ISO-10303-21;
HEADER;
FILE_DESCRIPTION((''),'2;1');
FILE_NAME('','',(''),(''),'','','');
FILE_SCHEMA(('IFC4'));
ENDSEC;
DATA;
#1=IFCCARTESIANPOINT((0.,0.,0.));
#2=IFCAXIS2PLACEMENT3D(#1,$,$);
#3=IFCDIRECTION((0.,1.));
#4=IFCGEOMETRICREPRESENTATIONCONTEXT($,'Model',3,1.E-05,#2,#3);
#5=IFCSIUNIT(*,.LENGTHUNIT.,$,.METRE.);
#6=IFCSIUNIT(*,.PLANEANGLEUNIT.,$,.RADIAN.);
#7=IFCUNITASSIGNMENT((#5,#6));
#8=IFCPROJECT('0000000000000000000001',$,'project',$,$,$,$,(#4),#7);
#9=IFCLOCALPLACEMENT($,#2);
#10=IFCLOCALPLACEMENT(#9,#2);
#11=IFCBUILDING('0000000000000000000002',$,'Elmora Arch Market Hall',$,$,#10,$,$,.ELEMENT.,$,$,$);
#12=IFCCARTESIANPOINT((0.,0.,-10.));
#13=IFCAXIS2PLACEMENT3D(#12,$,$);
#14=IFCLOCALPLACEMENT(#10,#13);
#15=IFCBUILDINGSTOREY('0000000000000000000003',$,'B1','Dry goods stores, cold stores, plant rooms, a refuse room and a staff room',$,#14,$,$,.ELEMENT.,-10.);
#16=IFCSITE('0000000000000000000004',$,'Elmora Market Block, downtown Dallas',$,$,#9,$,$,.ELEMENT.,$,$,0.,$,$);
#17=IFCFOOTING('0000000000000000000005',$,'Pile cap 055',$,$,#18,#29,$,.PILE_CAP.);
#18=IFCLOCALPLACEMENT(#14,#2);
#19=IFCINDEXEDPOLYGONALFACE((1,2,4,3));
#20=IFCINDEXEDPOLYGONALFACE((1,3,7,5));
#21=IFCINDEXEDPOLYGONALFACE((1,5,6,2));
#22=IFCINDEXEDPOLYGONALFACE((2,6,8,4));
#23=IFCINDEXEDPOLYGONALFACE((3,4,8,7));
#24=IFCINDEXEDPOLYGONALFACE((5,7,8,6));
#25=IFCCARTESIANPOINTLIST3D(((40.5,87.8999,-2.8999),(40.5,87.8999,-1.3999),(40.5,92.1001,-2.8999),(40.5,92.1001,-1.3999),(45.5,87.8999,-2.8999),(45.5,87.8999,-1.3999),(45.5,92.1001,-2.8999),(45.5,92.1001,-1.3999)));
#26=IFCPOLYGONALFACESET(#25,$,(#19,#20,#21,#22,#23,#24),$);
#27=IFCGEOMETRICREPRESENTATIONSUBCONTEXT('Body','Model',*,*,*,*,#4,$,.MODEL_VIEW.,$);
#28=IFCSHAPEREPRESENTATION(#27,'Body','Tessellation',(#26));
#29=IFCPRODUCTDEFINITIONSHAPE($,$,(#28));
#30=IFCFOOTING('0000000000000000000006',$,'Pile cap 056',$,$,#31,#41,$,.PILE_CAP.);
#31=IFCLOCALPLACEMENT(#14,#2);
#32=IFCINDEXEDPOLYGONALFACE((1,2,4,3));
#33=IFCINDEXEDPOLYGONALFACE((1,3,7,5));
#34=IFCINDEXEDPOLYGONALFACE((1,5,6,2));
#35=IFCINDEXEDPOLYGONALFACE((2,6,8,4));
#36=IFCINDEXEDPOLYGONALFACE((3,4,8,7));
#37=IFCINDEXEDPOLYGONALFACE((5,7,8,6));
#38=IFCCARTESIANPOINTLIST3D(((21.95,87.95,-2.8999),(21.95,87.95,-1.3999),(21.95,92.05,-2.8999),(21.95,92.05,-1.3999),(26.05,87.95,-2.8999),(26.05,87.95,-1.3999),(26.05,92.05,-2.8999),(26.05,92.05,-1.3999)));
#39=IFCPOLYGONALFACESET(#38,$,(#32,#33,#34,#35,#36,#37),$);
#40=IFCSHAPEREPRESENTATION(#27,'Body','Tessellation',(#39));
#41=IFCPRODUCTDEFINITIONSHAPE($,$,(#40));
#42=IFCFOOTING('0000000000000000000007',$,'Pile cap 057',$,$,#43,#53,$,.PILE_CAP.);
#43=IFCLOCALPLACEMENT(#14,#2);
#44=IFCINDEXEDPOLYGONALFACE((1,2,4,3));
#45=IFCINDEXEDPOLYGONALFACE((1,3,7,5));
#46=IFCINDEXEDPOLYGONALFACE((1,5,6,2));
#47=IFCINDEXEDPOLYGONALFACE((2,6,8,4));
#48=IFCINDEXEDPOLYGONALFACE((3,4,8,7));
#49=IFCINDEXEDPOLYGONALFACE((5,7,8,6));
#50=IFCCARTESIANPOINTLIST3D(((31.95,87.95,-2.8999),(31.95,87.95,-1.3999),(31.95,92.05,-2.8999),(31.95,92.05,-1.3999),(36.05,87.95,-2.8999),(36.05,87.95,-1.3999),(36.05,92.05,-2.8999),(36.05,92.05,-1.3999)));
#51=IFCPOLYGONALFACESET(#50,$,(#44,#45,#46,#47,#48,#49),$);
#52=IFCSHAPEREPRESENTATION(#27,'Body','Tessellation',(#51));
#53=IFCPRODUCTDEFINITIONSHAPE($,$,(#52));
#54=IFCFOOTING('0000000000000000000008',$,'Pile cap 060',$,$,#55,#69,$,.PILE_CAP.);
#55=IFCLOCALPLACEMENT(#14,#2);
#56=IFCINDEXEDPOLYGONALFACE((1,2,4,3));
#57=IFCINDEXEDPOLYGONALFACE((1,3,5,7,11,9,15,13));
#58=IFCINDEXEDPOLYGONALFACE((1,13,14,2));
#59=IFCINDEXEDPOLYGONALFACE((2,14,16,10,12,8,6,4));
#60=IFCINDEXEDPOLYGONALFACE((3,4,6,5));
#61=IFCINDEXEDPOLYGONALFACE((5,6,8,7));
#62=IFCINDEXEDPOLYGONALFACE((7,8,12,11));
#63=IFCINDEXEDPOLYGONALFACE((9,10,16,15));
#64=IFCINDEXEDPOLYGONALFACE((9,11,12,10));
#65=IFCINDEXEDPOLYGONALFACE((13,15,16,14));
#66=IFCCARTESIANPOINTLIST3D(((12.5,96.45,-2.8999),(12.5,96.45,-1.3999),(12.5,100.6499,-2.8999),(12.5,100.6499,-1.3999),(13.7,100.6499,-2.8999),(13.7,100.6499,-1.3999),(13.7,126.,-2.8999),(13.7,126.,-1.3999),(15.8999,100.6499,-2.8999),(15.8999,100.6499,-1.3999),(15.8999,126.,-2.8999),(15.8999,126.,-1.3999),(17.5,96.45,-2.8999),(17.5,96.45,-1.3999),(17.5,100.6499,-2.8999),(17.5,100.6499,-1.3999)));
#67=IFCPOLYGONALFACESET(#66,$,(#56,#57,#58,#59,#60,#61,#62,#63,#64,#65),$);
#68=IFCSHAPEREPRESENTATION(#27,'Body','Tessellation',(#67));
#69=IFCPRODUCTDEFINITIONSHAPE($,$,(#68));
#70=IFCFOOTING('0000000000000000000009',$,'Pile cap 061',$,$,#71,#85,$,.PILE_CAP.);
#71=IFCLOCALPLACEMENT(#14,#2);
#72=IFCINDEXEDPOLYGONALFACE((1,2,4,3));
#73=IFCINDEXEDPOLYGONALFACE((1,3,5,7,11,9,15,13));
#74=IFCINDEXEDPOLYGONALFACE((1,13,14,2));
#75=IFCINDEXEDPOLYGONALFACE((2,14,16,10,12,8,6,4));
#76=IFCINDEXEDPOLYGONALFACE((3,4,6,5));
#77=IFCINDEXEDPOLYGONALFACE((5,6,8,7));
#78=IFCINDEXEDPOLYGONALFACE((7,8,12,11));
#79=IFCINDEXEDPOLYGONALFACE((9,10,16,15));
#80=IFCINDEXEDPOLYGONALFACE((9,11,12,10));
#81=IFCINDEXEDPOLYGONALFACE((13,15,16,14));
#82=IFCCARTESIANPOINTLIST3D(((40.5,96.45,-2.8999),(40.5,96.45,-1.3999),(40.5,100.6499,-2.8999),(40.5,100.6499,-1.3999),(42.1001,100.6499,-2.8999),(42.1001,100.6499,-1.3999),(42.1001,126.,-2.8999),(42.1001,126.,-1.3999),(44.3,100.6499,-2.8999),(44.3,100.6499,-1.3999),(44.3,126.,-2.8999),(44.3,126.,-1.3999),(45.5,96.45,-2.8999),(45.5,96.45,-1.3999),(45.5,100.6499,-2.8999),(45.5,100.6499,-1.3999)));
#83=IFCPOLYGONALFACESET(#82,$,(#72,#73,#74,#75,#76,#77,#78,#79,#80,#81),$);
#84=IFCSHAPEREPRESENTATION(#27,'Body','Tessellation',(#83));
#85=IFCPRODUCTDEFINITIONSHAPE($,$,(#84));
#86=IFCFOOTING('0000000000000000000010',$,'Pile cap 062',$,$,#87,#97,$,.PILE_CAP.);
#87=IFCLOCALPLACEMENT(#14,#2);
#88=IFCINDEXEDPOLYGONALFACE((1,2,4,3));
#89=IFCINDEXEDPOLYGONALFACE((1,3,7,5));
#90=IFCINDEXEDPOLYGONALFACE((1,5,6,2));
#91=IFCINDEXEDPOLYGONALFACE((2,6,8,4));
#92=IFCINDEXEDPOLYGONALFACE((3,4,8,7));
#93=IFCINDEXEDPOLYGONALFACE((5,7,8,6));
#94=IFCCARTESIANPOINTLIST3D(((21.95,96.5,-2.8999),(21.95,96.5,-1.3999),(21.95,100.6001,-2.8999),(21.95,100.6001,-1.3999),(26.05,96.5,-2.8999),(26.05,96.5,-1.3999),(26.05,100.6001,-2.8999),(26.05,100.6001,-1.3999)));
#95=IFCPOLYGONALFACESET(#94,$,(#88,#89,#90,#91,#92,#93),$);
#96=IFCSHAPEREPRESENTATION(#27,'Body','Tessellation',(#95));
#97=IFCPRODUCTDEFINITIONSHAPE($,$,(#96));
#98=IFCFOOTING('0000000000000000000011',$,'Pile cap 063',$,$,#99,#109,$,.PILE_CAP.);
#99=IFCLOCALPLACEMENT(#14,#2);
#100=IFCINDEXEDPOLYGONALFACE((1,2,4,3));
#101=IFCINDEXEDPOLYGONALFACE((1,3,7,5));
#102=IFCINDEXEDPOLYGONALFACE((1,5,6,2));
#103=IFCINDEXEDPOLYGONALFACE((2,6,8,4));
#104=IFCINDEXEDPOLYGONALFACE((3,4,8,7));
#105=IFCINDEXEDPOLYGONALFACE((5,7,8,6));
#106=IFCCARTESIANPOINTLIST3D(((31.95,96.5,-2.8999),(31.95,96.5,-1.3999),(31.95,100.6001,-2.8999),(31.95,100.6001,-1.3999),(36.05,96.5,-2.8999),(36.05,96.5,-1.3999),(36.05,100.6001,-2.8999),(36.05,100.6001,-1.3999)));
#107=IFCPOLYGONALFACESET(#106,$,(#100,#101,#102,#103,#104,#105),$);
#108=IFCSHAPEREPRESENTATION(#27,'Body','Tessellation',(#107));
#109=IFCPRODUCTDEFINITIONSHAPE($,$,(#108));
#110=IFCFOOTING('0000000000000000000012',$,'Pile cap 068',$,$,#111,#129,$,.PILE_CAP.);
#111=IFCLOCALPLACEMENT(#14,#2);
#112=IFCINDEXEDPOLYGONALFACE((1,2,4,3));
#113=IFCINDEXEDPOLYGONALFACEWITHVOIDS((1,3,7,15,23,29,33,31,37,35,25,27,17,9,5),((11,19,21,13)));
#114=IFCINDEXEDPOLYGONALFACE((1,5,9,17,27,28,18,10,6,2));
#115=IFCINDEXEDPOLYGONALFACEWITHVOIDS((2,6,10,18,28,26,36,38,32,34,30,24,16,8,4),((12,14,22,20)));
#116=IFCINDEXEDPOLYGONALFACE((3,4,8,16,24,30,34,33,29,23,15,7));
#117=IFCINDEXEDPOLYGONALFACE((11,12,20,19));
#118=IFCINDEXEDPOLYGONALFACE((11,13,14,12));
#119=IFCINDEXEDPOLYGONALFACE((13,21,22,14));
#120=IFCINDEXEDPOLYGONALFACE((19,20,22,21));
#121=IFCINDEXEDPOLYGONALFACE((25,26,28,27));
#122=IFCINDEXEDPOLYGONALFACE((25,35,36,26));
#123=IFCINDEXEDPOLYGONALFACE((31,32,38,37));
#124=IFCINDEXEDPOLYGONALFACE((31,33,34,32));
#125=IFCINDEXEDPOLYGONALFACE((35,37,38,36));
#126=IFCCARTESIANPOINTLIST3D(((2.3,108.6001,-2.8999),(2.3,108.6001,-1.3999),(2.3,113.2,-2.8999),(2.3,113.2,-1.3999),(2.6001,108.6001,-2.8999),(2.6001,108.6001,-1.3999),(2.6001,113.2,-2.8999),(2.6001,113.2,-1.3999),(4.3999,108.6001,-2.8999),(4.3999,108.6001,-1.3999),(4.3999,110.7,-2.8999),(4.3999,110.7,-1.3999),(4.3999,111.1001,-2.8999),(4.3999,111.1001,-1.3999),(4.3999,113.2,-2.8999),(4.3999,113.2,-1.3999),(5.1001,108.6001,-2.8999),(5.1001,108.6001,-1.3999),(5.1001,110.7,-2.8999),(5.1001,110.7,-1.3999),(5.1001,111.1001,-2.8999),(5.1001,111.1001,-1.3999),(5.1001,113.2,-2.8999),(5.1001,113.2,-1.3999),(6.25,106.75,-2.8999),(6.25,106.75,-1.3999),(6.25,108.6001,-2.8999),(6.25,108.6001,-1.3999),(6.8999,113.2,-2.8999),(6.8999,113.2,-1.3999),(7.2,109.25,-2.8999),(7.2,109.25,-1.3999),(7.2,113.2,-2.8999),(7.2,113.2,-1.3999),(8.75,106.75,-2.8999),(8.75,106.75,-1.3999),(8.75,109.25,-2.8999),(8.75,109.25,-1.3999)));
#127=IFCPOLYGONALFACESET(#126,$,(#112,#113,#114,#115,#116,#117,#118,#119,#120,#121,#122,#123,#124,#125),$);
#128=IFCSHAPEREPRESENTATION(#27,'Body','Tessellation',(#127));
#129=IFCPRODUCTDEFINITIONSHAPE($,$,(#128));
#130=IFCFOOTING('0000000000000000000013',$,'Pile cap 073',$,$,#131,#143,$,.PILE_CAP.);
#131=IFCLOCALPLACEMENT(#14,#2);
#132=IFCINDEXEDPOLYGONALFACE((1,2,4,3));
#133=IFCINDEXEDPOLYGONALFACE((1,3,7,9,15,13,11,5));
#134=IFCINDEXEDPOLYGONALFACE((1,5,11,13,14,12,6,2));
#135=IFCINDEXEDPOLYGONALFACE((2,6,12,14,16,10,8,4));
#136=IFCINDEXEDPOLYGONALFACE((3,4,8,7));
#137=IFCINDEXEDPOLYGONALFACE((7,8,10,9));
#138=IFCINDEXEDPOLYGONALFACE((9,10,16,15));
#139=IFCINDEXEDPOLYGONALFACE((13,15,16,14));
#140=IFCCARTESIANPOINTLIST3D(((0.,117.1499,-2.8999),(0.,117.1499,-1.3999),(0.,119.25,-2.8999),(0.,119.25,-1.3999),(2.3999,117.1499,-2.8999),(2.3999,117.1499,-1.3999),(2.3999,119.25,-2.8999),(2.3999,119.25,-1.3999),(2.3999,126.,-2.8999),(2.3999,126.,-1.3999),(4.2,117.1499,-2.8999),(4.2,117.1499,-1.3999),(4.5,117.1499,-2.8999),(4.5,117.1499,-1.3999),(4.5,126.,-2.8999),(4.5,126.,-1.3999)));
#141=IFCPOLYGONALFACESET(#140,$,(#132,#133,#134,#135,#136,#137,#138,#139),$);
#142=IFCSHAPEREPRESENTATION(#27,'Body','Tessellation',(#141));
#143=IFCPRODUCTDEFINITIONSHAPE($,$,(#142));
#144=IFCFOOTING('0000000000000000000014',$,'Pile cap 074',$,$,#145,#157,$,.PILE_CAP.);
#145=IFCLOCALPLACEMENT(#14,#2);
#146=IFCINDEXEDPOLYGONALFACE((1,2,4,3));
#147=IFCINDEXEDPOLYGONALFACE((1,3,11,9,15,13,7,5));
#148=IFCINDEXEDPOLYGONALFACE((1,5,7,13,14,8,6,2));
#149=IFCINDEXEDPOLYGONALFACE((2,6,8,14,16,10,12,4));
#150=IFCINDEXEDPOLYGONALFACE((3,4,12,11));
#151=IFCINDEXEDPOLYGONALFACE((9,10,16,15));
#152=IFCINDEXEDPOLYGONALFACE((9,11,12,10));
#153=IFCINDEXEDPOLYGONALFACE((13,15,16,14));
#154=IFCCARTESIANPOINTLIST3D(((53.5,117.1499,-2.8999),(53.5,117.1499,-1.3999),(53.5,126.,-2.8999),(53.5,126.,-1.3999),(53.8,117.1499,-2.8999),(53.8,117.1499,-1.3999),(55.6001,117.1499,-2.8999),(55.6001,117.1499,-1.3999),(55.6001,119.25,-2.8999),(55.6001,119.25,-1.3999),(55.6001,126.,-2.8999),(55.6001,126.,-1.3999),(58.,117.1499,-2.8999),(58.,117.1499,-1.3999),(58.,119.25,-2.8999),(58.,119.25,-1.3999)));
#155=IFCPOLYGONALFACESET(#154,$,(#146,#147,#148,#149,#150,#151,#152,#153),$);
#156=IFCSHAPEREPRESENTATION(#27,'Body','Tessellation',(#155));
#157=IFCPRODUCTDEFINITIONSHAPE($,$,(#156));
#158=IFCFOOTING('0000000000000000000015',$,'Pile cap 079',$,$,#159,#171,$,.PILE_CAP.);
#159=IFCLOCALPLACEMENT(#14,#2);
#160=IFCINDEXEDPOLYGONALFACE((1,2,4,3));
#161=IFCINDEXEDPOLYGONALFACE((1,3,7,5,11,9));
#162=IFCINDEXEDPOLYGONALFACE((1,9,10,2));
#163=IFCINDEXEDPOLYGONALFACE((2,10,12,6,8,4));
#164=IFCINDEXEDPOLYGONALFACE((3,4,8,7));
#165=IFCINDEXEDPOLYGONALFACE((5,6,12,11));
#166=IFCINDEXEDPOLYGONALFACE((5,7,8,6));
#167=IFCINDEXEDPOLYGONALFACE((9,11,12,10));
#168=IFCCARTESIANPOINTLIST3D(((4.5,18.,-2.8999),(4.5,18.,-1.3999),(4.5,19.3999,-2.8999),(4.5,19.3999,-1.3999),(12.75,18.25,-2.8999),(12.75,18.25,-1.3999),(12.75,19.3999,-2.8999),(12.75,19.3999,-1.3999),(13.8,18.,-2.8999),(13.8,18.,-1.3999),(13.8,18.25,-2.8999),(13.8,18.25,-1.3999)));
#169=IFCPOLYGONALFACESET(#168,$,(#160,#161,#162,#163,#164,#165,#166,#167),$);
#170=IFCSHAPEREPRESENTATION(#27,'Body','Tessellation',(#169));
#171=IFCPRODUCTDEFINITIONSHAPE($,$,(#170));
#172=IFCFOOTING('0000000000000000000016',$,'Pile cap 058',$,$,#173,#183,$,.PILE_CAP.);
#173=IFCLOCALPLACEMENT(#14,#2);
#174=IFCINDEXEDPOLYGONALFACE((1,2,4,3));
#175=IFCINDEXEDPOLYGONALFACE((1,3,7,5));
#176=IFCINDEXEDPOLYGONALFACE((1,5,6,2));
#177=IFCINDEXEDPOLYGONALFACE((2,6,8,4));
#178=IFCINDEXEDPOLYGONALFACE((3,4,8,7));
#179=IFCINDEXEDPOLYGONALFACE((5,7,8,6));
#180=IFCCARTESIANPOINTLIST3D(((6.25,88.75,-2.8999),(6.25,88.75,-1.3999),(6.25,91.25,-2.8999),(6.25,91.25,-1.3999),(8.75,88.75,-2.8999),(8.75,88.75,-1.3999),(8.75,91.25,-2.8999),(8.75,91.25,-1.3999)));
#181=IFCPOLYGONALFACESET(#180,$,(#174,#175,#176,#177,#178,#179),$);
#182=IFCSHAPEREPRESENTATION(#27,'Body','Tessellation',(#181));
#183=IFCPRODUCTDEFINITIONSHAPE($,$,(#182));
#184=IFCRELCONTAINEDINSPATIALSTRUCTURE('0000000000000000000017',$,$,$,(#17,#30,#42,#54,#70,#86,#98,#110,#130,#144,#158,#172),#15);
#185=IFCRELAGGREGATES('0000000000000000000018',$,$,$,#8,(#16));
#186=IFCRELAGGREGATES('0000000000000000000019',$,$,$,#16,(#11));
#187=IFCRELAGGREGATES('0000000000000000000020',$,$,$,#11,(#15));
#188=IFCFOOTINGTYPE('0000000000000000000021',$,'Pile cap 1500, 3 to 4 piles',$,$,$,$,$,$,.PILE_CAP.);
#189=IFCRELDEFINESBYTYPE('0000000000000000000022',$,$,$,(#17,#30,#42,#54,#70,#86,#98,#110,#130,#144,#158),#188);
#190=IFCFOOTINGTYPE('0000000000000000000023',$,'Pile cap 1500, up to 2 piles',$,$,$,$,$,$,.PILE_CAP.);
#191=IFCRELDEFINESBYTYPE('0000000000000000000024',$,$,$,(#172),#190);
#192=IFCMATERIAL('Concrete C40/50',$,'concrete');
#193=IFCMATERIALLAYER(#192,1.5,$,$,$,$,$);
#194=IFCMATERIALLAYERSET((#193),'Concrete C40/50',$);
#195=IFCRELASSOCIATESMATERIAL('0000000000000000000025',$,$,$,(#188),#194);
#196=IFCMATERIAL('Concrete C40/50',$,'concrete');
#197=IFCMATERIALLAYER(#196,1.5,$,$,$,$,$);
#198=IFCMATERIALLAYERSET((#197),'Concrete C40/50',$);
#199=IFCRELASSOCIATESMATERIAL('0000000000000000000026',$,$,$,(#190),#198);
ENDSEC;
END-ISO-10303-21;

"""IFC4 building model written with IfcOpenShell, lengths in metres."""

from ifc_helpers import new_model, si_unit, direction, frame, origin, place, context, subcontext, project, spatial, polyline, outline, extrude, material, layer, layer_set, type_object, element, save


model = new_model("IFC4")

# Units and contexts
model_context = context("Model", 3, precision=1e-05, world=origin(), true_north=direction((0.0, 1.0)))
body_context = subcontext(model_context, "Body", "Model", "MODEL_VIEW")
ifc_project = project(units=[si_unit("LENGTHUNIT", "METRE"), si_unit("PLANEANGLEUNIT", "RADIAN")], contexts=[model_context])

# Site, building, storey
site_placement = place(None, origin())
site = spatial("IfcSite", under=ifc_project, at=site_placement, Name="Elmora Market Block, downtown Dallas", CompositionType="ELEMENT", RefElevation=0.0)
building_placement = place(site_placement, origin())
building = spatial("IfcBuilding", under=site, at=building_placement, Name="Elmora Arch Market Hall", CompositionType="ELEMENT")
storey_placement = place(building_placement, frame((0.0, 0.0, -10.0)))
storey = spatial("IfcBuildingStorey", under=building, at=storey_placement, Name="B1", Description="Dry goods stores, cold stores, plant rooms, a refuse room and a staff room", CompositionType="ELEMENT", Elevation=-10.0)

# Footings
ifc_material_1 = material(Name="Concrete C40/50", Category="concrete")
ifc_layer_1 = layer(ifc_material_1, 1.5)
ifc_layer_set_1 = layer_set([ifc_layer_1], Name="Concrete C40/50")
footing_type_1 = type_object("IfcFootingType", Name="Pile cap 1500, 3 to 4 piles", PredefinedType="PILE_CAP", material=ifc_layer_set_1)
footing_1_placement = place(storey_placement, frame((0.0, 0.0, -2.8999)))
element("IfcFooting", 1, at=footing_1_placement, inside=storey, type_object=footing_type_1, Name="Pile cap 055", PredefinedType="PILE_CAP", context=body_context, shape_type="SweptSolid", body=[
    extrude(outline(polyline([(45.5, 87.8999), (40.5, 87.8999), (40.5, 92.1001), (45.5, 92.1001), (45.5, 87.8999)])), origin(), (0.0, 0.0, 1.0), 1.5),
])
footing_2_placement = place(storey_placement, frame((0.0, 0.0, -2.8999)))
element("IfcFooting", 2, at=footing_2_placement, inside=storey, type_object=footing_type_1, Name="Pile cap 056", PredefinedType="PILE_CAP", context=body_context, shape_type="SweptSolid", body=[
    extrude(outline(polyline([(26.05, 87.95), (21.95, 87.95), (21.95, 92.05), (26.05, 92.05), (26.05, 87.95)])), origin(), (0.0, 0.0, 1.0), 1.5),
])
footing_3_placement = place(storey_placement, frame((0.0, 0.0, -2.8999)))
element("IfcFooting", 3, at=footing_3_placement, inside=storey, type_object=footing_type_1, Name="Pile cap 057", PredefinedType="PILE_CAP", context=body_context, shape_type="SweptSolid", body=[
    extrude(outline(polyline([(36.05, 87.95), (31.95, 87.95), (31.95, 92.05), (36.05, 92.05), (36.05, 87.95)])), origin(), (0.0, 0.0, 1.0), 1.5),
])
footing_4_placement = place(storey_placement, frame((0.0, 0.0, -2.8999)))
element("IfcFooting", 4, at=footing_4_placement, inside=storey, type_object=footing_type_1, Name="Pile cap 060", PredefinedType="PILE_CAP", context=body_context, shape_type="SweptSolid", body=[
    extrude(outline(polyline([(15.8999, 100.6499), (17.5, 100.6499), (17.5, 96.45), (12.5, 96.45), (12.5, 100.6499), (13.7, 100.6499), (13.7, 126.0), (15.8999, 126.0), (15.8999, 100.6499)])), origin(), (0.0, 0.0, 1.0), 1.5),
])
footing_5_placement = place(storey_placement, frame((0.0, 0.0, -2.8999)))
element("IfcFooting", 5, at=footing_5_placement, inside=storey, type_object=footing_type_1, Name="Pile cap 061", PredefinedType="PILE_CAP", context=body_context, shape_type="SweptSolid", body=[
    extrude(outline(polyline([(45.5, 96.45), (40.5, 96.45), (40.5, 100.6499), (42.1001, 100.6499), (42.1001, 126.0), (44.3, 126.0), (44.3, 100.6499), (45.5, 100.6499), (45.5, 96.45)])), origin(), (0.0, 0.0, 1.0), 1.5),
])
footing_6_placement = place(storey_placement, frame((0.0, 0.0, -2.8999)))
element("IfcFooting", 6, at=footing_6_placement, inside=storey, type_object=footing_type_1, Name="Pile cap 062", PredefinedType="PILE_CAP", context=body_context, shape_type="SweptSolid", body=[
    extrude(outline(polyline([(26.05, 96.5), (21.95, 96.5), (21.95, 100.6001), (26.05, 100.6001), (26.05, 96.5)])), origin(), (0.0, 0.0, 1.0), 1.5),
])
footing_7_placement = place(storey_placement, frame((0.0, 0.0, -2.8999)))
element("IfcFooting", 7, at=footing_7_placement, inside=storey, type_object=footing_type_1, Name="Pile cap 063", PredefinedType="PILE_CAP", context=body_context, shape_type="SweptSolid", body=[
    extrude(outline(polyline([(36.05, 100.6001), (36.05, 96.5), (31.95, 96.5), (31.95, 100.6001), (36.05, 100.6001)])), origin(), (0.0, 0.0, 1.0), 1.5),
])
footing_8_placement = place(storey_placement, frame((0.0, 0.0, -2.8999)))
element("IfcFooting", 8, at=footing_8_placement, inside=storey, type_object=footing_type_1, Name="Pile cap 068", PredefinedType="PILE_CAP", context=body_context, shape_type="SweptSolid", body=[
    extrude(outline(polyline([(5.1001, 108.6001), (4.3999, 108.6001), (2.6001, 108.6001), (2.3, 108.6001), (2.3, 113.2), (2.6001, 113.2), (4.3999, 113.2), (5.1001, 113.2), (6.8999, 113.2), (7.2, 113.2), (7.2, 109.25), (8.75, 109.25), (8.75, 106.75), (6.25, 106.75), (6.25, 108.6001), (5.1001, 108.6001)]), holes=[polyline([(5.1001, 110.7), (5.1001, 111.1001), (4.3999, 111.1001), (4.3999, 110.7), (5.1001, 110.7)])]), origin(), (0.0, 0.0, 1.0), 1.5),
])
footing_9_placement = place(storey_placement, frame((0.0, 0.0, -2.8999)))
element("IfcFooting", 9, at=footing_9_placement, inside=storey, type_object=footing_type_1, Name="Pile cap 073", PredefinedType="PILE_CAP", context=body_context, shape_type="SweptSolid", body=[
    extrude(outline(polyline([(4.2, 117.1499), (2.3999, 117.1499), (0.0, 117.1499), (0.0, 119.25), (2.3999, 119.25), (2.3999, 126.0), (4.5, 126.0), (4.5, 117.1499), (4.2, 117.1499)])), origin(), (0.0, 0.0, 1.0), 1.5),
])
footing_10_placement = place(storey_placement, frame((0.0, 0.0, -2.8999)))
element("IfcFooting", 10, at=footing_10_placement, inside=storey, type_object=footing_type_1, Name="Pile cap 074", PredefinedType="PILE_CAP", context=body_context, shape_type="SweptSolid", body=[
    extrude(outline(polyline([(55.6001, 119.25), (58.0, 119.25), (58.0, 117.1499), (55.6001, 117.1499), (53.8, 117.1499), (53.5, 117.1499), (53.5, 126.0), (55.6001, 126.0), (55.6001, 119.25)])), origin(), (0.0, 0.0, 1.0), 1.5),
])
footing_11_placement = place(storey_placement, frame((0.0, 0.0, -2.8999)))
element("IfcFooting", 11, at=footing_11_placement, inside=storey, type_object=footing_type_1, Name="Pile cap 079", PredefinedType="PILE_CAP", context=body_context, shape_type="SweptSolid", body=[
    extrude(outline(polyline([(4.5, 18.0), (4.5, 19.3999), (12.75, 19.3999), (12.75, 18.25), (13.8, 18.25), (13.8, 18.0), (4.5, 18.0)])), origin(), (0.0, 0.0, 1.0), 1.5),
])
ifc_material_2 = material(Name="Concrete C40/50", Category="concrete")
ifc_layer_2 = layer(ifc_material_2, 1.5)
ifc_layer_set_2 = layer_set([ifc_layer_2], Name="Concrete C40/50")
footing_type_2 = type_object("IfcFootingType", Name="Pile cap 1500, up to 2 piles", PredefinedType="PILE_CAP", material=ifc_layer_set_2)
footing_12_placement = place(storey_placement, frame((0.0, 0.0, -2.8999)))
element("IfcFooting", 12, at=footing_12_placement, inside=storey, type_object=footing_type_2, Name="Pile cap 058", PredefinedType="PILE_CAP", context=body_context, shape_type="SweptSolid", body=[
    extrude(outline(polyline([(8.75, 88.75), (6.25, 88.75), (6.25, 91.25), (8.75, 91.25), (8.75, 88.75)])), origin(), (0.0, 0.0, 1.0), 1.5),
])

save(model, "model.ifc")
